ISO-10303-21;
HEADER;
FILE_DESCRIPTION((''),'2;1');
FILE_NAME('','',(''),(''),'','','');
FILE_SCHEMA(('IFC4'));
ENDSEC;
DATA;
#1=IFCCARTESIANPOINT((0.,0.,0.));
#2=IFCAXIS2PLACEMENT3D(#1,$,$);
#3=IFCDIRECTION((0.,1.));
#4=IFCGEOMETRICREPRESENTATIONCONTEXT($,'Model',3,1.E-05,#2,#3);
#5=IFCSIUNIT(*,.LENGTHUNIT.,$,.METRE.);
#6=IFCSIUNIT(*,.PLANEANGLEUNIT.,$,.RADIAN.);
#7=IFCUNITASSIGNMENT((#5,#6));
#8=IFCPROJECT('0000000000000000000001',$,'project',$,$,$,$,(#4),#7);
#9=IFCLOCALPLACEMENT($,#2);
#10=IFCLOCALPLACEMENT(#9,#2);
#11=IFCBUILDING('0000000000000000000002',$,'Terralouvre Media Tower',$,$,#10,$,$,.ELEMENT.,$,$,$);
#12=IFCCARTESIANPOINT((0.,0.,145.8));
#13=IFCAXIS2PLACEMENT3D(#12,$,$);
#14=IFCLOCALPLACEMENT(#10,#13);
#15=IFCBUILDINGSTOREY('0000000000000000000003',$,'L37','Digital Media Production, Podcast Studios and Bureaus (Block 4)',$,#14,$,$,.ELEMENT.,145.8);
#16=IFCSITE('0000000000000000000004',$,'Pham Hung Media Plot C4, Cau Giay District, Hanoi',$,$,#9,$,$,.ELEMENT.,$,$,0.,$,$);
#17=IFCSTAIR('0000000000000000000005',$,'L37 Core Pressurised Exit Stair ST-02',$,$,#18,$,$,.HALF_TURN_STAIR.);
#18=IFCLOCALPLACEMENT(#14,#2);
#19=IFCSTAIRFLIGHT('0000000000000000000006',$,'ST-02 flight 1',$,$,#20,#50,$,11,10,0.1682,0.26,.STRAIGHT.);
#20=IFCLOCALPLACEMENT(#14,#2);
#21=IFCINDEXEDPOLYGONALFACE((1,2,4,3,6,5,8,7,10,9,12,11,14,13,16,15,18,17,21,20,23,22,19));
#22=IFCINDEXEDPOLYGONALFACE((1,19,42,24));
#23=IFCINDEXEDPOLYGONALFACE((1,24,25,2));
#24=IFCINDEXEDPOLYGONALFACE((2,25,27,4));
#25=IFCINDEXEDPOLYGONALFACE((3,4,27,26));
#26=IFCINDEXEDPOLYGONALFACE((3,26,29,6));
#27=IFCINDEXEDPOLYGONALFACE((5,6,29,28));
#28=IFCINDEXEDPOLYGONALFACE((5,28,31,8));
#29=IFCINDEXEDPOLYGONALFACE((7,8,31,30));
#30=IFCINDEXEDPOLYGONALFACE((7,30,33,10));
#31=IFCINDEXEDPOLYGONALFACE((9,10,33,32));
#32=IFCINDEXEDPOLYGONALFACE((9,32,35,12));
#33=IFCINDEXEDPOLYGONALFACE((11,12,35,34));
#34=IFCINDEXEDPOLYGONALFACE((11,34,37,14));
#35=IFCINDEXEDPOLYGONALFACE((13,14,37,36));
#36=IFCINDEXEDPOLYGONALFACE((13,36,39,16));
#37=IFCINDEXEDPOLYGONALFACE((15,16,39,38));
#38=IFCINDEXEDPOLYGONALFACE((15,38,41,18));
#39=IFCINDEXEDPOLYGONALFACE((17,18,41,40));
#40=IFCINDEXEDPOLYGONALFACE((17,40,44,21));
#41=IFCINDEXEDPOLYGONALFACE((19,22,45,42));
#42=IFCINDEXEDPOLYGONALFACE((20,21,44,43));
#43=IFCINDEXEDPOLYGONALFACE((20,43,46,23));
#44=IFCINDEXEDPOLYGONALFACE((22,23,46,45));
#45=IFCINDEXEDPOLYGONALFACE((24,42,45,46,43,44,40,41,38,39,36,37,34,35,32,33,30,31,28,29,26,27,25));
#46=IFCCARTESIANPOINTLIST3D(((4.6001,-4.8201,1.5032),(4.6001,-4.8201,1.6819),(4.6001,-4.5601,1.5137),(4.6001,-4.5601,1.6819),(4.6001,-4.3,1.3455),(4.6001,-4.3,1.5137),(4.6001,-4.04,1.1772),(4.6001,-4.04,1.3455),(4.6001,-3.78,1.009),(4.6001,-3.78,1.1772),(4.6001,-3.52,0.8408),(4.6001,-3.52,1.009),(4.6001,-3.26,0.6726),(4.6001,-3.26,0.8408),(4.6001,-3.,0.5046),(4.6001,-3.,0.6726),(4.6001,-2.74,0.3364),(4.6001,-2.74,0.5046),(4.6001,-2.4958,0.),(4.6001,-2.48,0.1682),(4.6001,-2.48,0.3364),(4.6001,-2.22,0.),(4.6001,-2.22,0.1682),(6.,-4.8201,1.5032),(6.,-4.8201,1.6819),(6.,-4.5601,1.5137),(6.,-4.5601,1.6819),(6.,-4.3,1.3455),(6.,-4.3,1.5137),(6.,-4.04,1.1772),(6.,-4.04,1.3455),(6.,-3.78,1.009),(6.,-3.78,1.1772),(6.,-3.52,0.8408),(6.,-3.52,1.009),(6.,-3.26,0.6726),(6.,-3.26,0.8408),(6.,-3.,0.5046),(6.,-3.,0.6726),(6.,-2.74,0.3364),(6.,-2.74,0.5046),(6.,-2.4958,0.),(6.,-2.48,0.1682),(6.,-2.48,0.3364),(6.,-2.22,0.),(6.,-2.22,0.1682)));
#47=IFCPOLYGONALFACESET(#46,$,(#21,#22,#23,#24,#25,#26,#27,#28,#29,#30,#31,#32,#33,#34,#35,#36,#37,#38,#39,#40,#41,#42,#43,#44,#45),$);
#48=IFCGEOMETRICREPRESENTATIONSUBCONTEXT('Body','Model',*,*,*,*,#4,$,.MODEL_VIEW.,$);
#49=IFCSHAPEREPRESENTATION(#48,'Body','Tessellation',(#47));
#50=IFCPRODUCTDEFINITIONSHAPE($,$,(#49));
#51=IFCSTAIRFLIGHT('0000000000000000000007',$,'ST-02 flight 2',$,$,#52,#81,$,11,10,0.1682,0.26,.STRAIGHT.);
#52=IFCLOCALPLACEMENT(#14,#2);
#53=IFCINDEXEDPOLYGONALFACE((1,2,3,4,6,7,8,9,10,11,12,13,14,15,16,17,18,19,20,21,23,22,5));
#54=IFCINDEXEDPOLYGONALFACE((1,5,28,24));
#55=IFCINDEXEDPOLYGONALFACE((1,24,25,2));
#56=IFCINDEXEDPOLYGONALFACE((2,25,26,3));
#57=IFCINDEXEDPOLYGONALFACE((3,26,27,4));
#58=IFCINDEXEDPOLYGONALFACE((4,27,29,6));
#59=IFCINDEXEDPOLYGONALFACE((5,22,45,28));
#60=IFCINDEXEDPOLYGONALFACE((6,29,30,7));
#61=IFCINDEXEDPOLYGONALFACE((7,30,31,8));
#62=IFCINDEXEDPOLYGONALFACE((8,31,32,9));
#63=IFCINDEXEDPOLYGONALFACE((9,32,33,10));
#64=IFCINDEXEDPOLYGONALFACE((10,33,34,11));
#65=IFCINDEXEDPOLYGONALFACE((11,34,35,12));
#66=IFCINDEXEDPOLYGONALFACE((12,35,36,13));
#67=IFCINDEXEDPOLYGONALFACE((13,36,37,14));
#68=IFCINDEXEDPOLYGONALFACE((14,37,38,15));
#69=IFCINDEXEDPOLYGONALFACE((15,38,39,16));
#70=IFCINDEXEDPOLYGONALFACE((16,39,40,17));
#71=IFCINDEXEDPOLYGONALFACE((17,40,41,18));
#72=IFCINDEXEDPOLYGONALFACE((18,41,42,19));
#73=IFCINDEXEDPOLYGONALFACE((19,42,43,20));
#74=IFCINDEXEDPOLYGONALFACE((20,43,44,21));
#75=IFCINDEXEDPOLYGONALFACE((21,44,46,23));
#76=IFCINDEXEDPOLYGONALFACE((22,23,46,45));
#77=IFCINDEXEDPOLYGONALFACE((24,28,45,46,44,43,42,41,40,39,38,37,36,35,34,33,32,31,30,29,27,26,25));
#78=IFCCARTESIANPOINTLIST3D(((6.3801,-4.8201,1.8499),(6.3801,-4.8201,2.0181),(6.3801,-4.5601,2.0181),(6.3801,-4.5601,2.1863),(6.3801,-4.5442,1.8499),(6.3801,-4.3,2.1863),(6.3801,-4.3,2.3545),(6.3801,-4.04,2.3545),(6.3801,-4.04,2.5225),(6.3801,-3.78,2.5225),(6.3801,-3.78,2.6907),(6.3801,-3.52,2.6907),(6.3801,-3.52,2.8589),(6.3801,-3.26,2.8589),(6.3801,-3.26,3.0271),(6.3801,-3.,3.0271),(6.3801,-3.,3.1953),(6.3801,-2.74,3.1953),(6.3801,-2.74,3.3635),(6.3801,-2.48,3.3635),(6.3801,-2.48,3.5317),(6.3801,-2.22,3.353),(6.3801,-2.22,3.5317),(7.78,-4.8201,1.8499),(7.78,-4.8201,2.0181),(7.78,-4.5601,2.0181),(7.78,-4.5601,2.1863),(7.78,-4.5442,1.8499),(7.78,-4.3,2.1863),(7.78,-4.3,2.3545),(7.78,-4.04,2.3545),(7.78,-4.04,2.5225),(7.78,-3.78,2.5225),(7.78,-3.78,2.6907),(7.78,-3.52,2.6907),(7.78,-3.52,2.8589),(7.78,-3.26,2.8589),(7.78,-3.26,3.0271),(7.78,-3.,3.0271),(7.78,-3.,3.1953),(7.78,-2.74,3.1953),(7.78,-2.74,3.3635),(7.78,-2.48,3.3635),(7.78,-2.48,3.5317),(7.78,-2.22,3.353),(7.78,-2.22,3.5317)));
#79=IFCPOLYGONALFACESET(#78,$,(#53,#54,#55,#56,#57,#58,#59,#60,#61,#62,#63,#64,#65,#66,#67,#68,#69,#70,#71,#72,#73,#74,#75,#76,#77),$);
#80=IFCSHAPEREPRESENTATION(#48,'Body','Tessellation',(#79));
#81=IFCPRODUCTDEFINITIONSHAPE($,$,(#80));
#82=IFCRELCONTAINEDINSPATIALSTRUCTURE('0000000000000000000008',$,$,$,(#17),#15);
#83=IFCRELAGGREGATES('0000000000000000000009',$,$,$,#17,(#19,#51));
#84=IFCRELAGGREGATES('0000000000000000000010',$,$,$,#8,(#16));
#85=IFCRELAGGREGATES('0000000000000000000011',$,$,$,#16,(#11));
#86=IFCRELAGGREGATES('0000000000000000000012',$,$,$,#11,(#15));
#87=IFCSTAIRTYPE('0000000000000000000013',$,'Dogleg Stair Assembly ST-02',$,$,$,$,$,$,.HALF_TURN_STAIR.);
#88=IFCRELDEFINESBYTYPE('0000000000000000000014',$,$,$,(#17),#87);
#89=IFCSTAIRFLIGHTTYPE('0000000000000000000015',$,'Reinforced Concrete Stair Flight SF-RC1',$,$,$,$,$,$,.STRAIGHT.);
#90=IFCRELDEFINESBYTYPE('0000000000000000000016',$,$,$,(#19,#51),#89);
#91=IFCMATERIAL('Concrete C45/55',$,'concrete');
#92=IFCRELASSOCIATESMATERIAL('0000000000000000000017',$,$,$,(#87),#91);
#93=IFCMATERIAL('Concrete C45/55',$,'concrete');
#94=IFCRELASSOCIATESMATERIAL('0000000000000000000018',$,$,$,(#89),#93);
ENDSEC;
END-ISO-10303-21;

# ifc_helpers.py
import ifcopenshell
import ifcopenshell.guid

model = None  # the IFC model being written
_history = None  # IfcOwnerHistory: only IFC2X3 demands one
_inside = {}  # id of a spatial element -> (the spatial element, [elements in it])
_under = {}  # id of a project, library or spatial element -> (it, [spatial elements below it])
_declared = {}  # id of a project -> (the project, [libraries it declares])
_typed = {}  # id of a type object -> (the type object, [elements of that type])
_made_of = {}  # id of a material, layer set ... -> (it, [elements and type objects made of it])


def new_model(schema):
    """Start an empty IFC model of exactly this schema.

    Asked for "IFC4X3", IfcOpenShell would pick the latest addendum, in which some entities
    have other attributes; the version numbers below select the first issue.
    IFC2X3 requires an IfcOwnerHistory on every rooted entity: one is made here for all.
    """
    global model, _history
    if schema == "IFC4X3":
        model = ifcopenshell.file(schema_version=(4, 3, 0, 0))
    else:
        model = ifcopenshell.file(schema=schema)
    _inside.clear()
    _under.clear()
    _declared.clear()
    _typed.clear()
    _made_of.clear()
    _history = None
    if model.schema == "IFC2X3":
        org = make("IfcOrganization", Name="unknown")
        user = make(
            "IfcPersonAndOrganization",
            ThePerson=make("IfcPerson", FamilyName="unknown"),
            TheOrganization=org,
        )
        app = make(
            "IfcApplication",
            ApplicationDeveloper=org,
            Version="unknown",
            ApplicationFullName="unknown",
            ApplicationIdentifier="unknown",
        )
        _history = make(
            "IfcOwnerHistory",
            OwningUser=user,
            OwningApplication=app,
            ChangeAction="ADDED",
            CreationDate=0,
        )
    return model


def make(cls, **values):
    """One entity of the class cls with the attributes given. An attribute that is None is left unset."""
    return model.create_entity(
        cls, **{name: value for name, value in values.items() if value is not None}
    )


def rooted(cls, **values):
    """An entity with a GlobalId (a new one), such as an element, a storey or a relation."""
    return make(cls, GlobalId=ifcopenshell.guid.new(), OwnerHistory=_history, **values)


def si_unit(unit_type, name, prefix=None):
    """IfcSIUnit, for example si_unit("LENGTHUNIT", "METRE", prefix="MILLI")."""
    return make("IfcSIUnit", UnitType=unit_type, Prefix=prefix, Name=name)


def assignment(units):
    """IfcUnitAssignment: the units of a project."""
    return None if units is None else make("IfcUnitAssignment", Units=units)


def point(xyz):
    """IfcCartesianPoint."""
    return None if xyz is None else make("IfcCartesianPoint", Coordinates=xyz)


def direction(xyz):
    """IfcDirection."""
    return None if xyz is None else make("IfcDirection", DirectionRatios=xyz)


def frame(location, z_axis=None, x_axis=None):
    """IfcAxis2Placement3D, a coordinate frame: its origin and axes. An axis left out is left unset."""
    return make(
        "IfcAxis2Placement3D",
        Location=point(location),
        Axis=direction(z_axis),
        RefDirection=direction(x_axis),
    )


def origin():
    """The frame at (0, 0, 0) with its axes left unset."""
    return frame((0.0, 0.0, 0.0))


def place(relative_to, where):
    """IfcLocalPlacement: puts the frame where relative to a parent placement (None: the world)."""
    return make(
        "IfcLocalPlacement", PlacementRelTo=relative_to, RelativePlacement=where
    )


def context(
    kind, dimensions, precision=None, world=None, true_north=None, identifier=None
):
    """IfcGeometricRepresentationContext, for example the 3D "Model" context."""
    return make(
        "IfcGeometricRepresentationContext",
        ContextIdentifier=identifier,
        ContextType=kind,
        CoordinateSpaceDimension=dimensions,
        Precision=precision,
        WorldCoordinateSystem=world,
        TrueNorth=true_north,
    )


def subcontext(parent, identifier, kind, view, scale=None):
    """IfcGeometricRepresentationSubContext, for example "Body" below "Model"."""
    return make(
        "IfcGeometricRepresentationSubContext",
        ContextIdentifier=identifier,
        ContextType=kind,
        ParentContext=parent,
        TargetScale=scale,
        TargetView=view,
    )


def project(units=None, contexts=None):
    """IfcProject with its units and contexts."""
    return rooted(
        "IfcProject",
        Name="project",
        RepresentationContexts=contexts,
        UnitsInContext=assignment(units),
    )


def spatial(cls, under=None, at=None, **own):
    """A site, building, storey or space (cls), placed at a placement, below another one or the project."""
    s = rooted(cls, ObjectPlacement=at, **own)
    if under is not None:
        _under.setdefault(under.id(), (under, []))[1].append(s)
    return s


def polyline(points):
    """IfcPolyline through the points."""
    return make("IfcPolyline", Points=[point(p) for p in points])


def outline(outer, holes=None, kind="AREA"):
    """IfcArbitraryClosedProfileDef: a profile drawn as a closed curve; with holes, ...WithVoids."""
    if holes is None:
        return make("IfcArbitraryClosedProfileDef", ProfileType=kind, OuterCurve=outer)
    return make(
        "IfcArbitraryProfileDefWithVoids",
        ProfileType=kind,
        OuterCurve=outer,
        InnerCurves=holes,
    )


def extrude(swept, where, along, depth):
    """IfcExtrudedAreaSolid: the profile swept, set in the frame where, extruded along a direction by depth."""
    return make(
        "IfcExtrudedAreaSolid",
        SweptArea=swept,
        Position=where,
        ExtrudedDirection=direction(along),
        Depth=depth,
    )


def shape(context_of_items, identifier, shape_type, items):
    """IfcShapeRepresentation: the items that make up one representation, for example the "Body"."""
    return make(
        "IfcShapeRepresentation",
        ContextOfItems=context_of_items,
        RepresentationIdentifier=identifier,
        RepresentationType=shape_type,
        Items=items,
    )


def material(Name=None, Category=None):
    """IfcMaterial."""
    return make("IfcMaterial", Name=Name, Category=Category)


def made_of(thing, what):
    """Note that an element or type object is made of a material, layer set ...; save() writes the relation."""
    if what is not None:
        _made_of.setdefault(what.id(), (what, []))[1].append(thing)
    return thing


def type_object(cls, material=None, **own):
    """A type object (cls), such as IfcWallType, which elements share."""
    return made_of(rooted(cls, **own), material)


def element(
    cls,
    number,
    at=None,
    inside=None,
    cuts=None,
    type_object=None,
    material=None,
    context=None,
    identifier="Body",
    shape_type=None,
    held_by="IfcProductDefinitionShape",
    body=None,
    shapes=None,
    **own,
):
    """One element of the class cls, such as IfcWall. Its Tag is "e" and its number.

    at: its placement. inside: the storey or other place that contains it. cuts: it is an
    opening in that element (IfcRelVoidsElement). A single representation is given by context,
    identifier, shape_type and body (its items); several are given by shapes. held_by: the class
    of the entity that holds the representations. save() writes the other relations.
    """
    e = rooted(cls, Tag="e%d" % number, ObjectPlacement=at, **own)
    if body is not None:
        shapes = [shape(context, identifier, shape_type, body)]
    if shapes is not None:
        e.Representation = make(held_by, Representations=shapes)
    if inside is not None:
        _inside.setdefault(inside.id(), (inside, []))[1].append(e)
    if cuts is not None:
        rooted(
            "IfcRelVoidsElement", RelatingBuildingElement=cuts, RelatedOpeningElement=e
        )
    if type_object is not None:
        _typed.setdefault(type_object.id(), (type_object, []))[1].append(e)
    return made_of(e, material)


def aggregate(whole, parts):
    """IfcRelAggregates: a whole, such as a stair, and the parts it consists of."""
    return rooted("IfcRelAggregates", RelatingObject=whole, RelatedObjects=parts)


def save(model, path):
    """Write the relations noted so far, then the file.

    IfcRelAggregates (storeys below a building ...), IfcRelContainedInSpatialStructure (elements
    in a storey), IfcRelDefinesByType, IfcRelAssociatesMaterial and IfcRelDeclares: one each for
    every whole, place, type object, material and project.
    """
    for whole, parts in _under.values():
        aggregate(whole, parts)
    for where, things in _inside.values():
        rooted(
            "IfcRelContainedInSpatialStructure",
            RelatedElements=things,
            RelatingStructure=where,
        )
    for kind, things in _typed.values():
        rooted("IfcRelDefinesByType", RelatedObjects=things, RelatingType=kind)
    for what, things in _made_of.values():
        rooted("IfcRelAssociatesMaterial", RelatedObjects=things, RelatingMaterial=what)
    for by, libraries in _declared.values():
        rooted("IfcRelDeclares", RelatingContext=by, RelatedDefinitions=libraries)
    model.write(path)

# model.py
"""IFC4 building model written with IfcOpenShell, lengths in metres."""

from ifc_helpers import new_model, si_unit, direction, frame, origin, place, context, subcontext, project, spatial, polyline, outline, extrude, material, type_object, element, aggregate, save


model = new_model("IFC4")

# Units and contexts
model_context = context("Model", 3, precision=1e-05, world=origin(), true_north=direction((0.0, 1.0)))
body_context = subcontext(model_context, "Body", "Model", "MODEL_VIEW")
ifc_project = project(units=[si_unit("LENGTHUNIT", "METRE"), si_unit("PLANEANGLEUNIT", "RADIAN")], contexts=[model_context])

# Site, building, storey
site_placement = place(None, origin())
site = spatial("IfcSite", under=ifc_project, at=site_placement, Name="Pham Hung Media Plot C4, Cau Giay District, Hanoi", CompositionType="ELEMENT", RefElevation=0.0)
building_placement = place(site_placement, origin())
building = spatial("IfcBuilding", under=site, at=building_placement, Name="Terralouvre Media Tower", CompositionType="ELEMENT")
storey_placement = place(building_placement, frame((0.0, 0.0, 145.8)))
storey = spatial("IfcBuildingStorey", under=building, at=storey_placement, Name="L37", Description="Digital Media Production, Podcast Studios and Bureaus (Block 4)", CompositionType="ELEMENT", Elevation=145.8)

# Stair, stair flights
ifc_material_1 = material(Name="Concrete C45/55", Category="concrete")
stair_type = type_object("IfcStairType", Name="Dogleg Stair Assembly ST-02", PredefinedType="HALF_TURN_STAIR", material=ifc_material_1)
stair_placement = place(storey_placement, origin())
stair = element("IfcStair", 1, at=stair_placement, inside=storey, type_object=stair_type, Name="L37 Core Pressurised Exit Stair ST-02", PredefinedType="HALF_TURN_STAIR")
ifc_material_2 = material(Name="Concrete C45/55", Category="concrete")
stair_flight_type = type_object("IfcStairFlightType", Name="Reinforced Concrete Stair Flight SF-RC1", PredefinedType="STRAIGHT", material=ifc_material_2)
stair_flight_1_placement = place(storey_placement, frame((5.3, -2.22, 0.0), z_axis=(0.0, 0.0, 1.0), x_axis=(0.0, -1.0, 0.0)))
stair_flight_1 = element("IfcStairFlight", 2, at=stair_flight_1_placement, type_object=stair_flight_type, Name="ST-02 flight 1", NumberOfRisers=11, NumberOfTreads=10, PredefinedType="STRAIGHT", RiserHeight=0.1682, TreadLength=0.26, context=body_context, shape_type="SweptSolid", body=[
    extrude(outline(polyline([(0.0, 0.0), (0.0, 0.1682), (0.26, 0.1682), (0.26, 0.3364), (0.52, 0.3364), (0.52, 0.5046), (0.78, 0.5046), (0.78, 0.6726), (1.04, 0.6726), (1.04, 0.8408), (1.3, 0.8408), (1.3, 1.009), (1.5601, 1.009), (1.5601, 1.1772), (1.8201, 1.1772), (1.8201, 1.3455), (2.0801, 1.3455), (2.0801, 1.5137), (2.3401, 1.5137), (2.3401, 1.6819), (2.6001, 1.6819), (2.6001, 1.8501), (2.6001, 1.5032), (0.2759, 0.0), (0.0, 0.0)])), frame((0.0, 0.7, 0.0), z_axis=(0.0, -1.0, 0.0), x_axis=(1.0, 0.0, 0.0)), (0.0, 0.0, 1.0), 1.3999),
])
stair_flight_2_placement = place(storey_placement, frame((7.0801, -4.8201, 1.8499), z_axis=(0.0, 0.0, 1.0), x_axis=(0.0, 1.0, 0.0)))
stair_flight_2 = element("IfcStairFlight", 3, at=stair_flight_2_placement, type_object=stair_flight_type, Name="ST-02 flight 2", NumberOfRisers=11, NumberOfTreads=10, PredefinedType="STRAIGHT", RiserHeight=0.1682, TreadLength=0.26, context=body_context, shape_type="SweptSolid", body=[
    extrude(outline(polyline([(0.0, 0.0), (0.0, 0.1682), (0.26, 0.1682), (0.26, 0.3364), (0.52, 0.3364), (0.52, 0.5046), (0.78, 0.5046), (0.78, 0.6726), (1.04, 0.6726), (1.04, 0.8408), (1.3, 0.8408), (1.3, 1.009), (1.5601, 1.009), (1.5601, 1.1772), (1.8201, 1.1772), (1.8201, 1.3455), (2.0801, 1.3455), (2.0801, 1.5137), (2.3401, 1.5137), (2.3401, 1.6819), (2.6001, 1.6819), (2.6001, 1.8501), (2.6001, 1.5032), (0.2759, 0.0), (0.0, 0.0)])), frame((0.0, 0.7, 0.0), z_axis=(0.0, -1.0, 0.0), x_axis=(1.0, 0.0, 0.0)), (0.0, 0.0, 1.0), 1.3999),
])
aggregate(stair, [stair_flight_1, stair_flight_2])

save(model, "model.ifc")
